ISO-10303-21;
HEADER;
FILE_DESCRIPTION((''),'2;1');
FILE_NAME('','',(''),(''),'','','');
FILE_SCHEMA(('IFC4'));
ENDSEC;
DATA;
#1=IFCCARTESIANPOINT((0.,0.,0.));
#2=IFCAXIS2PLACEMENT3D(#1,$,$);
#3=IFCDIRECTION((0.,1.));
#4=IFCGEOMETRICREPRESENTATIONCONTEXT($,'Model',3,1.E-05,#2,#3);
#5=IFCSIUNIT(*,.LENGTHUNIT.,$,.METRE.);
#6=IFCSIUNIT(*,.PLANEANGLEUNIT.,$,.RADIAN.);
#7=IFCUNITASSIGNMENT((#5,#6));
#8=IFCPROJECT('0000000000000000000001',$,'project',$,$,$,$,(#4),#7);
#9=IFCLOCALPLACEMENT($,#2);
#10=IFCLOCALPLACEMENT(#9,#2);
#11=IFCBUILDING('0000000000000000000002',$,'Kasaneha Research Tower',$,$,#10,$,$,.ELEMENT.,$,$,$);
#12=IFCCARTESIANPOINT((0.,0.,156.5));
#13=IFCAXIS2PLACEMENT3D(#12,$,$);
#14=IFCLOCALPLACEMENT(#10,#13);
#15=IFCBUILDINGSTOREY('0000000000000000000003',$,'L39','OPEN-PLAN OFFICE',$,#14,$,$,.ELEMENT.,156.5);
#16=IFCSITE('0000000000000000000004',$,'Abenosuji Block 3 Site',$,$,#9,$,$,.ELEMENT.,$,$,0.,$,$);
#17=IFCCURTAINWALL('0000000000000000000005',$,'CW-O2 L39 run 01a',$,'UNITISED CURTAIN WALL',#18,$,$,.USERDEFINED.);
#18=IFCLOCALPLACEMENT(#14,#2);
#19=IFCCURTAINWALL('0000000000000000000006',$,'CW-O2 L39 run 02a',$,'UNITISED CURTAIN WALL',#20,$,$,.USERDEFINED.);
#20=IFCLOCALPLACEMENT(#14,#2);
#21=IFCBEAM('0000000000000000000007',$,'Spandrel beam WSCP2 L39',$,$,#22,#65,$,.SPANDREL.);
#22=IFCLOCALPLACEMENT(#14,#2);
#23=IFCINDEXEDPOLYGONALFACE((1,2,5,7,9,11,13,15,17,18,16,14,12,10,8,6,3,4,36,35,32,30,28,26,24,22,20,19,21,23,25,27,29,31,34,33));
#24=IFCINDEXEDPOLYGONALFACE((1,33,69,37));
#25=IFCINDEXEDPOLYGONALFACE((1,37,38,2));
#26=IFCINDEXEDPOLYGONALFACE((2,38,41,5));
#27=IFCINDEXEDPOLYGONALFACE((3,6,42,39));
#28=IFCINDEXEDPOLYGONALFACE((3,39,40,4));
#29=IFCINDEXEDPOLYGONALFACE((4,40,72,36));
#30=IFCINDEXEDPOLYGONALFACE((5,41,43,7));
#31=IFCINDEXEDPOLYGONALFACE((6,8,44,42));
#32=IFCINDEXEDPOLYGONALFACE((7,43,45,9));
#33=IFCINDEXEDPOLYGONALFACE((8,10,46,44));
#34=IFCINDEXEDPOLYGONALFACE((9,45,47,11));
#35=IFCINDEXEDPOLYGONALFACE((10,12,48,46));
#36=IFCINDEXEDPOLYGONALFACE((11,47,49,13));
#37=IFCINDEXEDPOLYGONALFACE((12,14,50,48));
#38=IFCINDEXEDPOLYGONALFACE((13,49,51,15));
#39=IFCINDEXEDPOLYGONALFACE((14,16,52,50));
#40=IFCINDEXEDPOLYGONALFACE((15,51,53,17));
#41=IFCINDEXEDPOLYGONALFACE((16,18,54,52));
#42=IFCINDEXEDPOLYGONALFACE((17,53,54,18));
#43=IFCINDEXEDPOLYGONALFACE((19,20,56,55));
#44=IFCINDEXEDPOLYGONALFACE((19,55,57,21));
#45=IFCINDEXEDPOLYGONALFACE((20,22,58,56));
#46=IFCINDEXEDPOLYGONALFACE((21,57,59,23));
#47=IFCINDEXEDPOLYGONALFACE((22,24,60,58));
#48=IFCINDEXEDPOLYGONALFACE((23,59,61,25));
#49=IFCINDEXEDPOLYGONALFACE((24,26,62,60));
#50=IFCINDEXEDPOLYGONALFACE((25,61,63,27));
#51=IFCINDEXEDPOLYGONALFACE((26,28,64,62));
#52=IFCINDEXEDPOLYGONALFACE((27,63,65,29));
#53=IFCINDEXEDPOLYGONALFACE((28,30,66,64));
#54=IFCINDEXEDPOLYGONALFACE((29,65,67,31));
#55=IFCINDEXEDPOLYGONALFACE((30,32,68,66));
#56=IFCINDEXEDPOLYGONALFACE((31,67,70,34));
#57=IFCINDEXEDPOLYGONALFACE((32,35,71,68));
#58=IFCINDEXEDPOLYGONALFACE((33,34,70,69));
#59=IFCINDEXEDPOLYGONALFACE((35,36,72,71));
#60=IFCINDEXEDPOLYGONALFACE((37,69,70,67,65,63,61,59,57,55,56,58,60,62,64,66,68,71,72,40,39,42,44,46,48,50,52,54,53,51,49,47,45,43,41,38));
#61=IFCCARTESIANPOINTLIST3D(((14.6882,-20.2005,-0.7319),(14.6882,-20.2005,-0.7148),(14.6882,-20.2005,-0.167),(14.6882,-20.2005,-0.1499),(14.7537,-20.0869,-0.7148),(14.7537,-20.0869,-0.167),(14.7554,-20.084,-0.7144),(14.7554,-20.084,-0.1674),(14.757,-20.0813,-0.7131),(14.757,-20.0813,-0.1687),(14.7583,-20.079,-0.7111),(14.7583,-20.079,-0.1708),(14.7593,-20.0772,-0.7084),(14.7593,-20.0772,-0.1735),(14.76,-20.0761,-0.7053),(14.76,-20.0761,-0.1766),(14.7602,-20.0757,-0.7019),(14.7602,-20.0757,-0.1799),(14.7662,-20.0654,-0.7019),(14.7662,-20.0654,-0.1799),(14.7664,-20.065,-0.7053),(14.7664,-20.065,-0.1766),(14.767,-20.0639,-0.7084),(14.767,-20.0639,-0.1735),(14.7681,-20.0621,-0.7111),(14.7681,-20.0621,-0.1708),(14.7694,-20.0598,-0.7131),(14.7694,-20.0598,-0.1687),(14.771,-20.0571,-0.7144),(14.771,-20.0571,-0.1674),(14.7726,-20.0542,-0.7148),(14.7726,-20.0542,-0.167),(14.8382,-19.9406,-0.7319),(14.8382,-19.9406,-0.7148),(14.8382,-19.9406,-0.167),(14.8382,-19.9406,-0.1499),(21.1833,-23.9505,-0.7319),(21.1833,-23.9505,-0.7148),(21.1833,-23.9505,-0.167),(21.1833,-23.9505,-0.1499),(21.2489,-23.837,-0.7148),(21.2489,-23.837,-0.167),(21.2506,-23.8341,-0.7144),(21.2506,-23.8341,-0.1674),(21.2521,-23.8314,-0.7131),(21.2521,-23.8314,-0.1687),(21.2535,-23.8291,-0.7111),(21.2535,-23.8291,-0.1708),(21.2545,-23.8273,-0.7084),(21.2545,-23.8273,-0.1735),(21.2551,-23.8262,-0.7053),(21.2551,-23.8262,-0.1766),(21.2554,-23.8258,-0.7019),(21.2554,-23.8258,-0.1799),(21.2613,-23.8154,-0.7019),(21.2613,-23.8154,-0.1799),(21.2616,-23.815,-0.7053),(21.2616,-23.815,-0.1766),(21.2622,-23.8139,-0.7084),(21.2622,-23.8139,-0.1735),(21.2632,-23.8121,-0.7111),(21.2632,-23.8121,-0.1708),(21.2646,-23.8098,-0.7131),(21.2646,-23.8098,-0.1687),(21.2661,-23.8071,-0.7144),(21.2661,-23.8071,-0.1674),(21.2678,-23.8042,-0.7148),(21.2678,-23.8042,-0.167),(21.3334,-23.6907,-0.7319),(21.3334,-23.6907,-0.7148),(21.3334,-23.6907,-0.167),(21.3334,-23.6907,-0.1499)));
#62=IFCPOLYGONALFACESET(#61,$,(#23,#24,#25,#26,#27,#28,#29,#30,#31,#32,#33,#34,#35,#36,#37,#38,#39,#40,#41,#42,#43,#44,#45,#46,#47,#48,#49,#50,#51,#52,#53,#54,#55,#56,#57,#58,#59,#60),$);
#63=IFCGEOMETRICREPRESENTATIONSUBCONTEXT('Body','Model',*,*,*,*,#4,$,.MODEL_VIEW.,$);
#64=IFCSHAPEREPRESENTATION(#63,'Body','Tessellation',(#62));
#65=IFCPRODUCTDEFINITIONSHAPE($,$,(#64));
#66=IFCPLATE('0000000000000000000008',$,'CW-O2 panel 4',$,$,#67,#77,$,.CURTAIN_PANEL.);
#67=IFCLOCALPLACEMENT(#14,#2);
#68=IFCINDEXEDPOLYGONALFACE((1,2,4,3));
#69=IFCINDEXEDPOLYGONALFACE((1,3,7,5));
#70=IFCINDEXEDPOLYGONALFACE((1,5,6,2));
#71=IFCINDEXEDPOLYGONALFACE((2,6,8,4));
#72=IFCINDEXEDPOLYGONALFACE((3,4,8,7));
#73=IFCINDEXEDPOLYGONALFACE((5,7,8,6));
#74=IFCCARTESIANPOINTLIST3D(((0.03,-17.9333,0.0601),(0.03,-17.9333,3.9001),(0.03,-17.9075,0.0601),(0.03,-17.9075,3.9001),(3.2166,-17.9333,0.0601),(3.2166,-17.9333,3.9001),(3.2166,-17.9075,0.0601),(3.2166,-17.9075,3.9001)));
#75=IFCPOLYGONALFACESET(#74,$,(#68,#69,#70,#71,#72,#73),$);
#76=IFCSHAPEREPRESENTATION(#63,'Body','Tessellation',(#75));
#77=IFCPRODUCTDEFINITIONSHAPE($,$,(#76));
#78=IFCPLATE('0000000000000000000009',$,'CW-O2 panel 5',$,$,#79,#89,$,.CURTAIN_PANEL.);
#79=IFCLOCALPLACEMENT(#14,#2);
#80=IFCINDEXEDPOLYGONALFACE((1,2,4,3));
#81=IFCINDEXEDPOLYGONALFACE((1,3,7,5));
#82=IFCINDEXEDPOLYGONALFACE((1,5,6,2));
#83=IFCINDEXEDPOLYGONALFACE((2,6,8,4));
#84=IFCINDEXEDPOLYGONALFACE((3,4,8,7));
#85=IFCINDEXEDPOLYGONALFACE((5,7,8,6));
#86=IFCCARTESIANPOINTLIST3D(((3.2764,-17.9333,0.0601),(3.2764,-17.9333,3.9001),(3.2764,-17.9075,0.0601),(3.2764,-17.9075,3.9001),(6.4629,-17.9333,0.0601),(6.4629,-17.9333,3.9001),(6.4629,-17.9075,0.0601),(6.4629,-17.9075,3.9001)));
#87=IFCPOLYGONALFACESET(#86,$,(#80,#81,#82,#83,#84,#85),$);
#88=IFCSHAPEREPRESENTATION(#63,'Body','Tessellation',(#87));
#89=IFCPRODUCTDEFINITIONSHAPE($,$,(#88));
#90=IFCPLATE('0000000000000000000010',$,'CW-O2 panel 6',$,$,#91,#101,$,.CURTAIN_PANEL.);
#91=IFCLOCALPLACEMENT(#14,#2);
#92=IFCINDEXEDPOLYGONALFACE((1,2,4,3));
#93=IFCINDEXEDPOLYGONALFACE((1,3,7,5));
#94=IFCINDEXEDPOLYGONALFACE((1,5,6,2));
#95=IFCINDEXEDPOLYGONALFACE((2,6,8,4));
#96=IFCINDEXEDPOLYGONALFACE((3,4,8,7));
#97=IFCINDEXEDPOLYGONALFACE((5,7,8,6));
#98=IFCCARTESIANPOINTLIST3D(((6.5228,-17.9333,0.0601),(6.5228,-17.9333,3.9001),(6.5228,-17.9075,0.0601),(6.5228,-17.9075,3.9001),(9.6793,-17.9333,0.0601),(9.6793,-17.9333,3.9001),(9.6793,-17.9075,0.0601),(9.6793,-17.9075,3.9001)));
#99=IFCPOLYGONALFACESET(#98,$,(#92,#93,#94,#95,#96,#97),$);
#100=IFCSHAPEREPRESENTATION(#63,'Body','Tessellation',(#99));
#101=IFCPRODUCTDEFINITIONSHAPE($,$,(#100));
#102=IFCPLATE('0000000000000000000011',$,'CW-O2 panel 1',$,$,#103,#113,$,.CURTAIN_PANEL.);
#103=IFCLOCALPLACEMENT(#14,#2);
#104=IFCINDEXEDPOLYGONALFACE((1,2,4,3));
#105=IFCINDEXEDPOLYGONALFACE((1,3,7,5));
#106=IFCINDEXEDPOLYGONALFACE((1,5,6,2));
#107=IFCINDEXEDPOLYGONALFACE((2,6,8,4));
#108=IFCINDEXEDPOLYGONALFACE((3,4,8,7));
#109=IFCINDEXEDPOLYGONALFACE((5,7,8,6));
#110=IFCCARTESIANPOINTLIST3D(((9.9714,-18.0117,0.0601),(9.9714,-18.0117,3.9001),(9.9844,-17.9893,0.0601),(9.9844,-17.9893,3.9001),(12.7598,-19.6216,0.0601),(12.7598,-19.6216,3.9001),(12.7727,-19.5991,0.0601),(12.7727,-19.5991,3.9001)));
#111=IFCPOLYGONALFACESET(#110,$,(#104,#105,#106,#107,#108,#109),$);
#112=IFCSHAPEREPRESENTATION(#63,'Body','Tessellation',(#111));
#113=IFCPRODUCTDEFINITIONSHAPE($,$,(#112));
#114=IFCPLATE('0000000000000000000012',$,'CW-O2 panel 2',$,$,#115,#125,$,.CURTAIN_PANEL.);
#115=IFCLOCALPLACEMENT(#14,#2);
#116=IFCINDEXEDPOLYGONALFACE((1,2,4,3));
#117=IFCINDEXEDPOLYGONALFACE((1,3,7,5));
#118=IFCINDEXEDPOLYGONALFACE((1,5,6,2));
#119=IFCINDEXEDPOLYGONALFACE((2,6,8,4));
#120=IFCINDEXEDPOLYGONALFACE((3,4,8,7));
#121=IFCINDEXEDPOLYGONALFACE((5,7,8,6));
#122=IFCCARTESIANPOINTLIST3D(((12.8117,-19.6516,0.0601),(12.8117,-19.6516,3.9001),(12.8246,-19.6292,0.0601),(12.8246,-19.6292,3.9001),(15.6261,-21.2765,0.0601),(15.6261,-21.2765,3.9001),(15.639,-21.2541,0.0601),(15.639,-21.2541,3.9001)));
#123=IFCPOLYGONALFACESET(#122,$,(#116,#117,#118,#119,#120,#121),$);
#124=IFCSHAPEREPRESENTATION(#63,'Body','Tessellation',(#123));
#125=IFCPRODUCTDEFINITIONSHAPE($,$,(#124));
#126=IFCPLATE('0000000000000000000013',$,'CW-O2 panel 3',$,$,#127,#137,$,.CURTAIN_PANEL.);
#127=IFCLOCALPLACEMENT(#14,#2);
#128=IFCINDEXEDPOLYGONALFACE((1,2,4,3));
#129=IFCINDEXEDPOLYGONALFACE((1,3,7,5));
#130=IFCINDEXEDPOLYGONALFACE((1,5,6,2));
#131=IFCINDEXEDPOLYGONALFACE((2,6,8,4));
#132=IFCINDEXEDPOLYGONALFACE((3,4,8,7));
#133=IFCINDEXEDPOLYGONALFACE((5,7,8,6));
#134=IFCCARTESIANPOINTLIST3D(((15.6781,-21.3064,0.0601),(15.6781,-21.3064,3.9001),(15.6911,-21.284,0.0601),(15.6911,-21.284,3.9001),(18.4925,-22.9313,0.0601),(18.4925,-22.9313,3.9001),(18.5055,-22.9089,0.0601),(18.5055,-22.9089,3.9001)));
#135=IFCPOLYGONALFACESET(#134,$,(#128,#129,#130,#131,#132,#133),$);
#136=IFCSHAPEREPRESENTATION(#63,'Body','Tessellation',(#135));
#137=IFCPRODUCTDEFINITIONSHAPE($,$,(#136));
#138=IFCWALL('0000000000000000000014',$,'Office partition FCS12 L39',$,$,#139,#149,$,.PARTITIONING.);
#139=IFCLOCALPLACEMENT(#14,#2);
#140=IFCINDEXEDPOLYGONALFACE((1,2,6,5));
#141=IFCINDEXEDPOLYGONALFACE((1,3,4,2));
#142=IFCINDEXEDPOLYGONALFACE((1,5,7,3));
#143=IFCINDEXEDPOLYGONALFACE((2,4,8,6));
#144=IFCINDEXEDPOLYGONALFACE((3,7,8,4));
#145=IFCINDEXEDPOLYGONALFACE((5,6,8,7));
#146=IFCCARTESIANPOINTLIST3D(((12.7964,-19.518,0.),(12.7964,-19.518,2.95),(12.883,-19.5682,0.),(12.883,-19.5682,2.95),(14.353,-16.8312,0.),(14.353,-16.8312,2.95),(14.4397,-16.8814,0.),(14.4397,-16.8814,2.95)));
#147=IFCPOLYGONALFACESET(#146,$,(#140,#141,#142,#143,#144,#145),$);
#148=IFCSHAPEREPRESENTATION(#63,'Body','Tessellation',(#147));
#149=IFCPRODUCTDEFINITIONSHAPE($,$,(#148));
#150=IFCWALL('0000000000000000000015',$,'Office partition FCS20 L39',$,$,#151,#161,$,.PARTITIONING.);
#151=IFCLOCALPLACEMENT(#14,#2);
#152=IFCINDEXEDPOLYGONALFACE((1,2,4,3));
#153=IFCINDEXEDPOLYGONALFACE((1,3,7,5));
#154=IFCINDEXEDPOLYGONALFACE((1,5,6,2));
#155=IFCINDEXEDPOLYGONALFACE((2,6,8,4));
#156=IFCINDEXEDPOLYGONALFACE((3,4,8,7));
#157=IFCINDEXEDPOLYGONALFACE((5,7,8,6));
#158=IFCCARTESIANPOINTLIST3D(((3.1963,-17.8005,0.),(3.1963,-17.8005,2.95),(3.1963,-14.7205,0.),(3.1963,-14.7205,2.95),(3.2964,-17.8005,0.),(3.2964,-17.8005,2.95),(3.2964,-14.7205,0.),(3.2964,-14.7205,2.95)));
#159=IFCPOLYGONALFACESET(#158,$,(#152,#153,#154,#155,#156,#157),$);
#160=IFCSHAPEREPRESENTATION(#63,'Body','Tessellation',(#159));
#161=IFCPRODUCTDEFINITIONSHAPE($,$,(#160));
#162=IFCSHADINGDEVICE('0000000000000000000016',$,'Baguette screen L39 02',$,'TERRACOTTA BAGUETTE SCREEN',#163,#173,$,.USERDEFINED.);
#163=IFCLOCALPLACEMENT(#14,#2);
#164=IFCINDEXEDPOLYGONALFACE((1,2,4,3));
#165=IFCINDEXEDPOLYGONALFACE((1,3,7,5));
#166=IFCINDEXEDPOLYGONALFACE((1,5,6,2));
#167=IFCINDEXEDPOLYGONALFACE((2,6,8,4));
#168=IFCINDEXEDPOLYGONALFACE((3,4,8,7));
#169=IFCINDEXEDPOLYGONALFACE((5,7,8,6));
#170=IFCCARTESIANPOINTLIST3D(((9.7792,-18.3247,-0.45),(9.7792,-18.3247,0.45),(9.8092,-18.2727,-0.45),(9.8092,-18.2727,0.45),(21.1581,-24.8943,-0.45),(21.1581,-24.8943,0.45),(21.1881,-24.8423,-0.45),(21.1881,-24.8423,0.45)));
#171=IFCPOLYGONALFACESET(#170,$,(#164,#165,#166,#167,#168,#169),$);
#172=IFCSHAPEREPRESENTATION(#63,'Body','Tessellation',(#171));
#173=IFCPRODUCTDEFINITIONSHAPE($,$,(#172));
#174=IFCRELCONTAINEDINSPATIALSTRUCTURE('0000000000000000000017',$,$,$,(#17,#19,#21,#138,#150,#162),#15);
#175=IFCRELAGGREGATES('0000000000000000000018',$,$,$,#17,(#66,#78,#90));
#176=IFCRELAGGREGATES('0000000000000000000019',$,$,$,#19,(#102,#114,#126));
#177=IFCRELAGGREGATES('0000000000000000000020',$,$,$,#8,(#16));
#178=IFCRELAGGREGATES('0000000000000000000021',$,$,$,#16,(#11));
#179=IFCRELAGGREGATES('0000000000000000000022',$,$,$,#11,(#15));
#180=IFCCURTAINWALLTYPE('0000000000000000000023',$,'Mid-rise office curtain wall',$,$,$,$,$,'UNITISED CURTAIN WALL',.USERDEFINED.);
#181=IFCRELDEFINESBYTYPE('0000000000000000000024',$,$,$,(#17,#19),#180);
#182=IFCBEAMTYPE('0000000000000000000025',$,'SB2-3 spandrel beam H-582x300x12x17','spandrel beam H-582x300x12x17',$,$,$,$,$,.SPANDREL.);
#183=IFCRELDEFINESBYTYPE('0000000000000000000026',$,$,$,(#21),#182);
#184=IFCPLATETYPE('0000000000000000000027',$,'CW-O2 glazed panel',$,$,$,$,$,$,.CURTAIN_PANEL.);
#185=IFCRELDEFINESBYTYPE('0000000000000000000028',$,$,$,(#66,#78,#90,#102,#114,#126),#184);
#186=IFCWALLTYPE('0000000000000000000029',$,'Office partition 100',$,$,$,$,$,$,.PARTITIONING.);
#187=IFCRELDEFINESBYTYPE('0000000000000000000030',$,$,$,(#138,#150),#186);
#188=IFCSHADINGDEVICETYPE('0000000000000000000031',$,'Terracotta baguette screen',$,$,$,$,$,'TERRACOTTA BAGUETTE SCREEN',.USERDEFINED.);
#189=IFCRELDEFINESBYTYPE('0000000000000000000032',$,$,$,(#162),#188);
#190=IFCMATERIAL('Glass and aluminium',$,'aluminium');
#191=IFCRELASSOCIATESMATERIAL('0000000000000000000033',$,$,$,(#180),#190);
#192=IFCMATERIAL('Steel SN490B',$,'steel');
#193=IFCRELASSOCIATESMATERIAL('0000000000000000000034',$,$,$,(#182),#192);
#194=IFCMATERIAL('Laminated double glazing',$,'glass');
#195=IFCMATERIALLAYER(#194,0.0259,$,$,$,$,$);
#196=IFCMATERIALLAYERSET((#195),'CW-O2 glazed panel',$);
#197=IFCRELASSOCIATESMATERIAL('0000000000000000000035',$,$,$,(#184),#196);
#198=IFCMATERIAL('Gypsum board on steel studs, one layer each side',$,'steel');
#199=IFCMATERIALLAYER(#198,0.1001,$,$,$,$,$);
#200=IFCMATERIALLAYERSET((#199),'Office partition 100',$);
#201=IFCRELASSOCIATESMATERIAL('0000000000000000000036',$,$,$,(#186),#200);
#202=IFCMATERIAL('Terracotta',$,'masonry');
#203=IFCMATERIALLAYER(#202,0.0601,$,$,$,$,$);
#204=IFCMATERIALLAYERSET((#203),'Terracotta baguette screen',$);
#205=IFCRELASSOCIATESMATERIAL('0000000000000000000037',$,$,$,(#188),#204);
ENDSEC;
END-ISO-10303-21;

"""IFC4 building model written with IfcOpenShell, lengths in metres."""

from ifc_helpers import new_model, si_unit, direction, frame, frame_2d, origin, origin_2d, place, context, subcontext, project, spatial, rectangle, i_section, extrude, material, layer, layer_set, material_profile, profile_set, type_object, element, aggregate, save


model = new_model("IFC4")

# Units and contexts
model_context = context("Model", 3, precision=1e-05, world=origin(), true_north=direction((0.0, 1.0)))
body_context = subcontext(model_context, "Body", "Model", "MODEL_VIEW")
ifc_project = project(units=[si_unit("LENGTHUNIT", "METRE"), si_unit("PLANEANGLEUNIT", "RADIAN")], contexts=[model_context])

# Site, building, storey
site_placement = place(None, origin())
site = spatial("IfcSite", under=ifc_project, at=site_placement, Name="Abenosuji Block 3 Site", CompositionType="ELEMENT", RefElevation=0.0)
building_placement = place(site_placement, origin())
building = spatial("IfcBuilding", under=site, at=building_placement, Name="Kasaneha Research Tower", CompositionType="ELEMENT")
storey_placement = place(building_placement, frame((0.0, 0.0, 156.5)))
storey = spatial("IfcBuildingStorey", under=building, at=storey_placement, Name="L39", Description="OPEN-PLAN OFFICE", CompositionType="ELEMENT", Elevation=156.5)

# Curtain walls
ifc_material_1 = material(Name="Glass and aluminium", Category="aluminium")
curtain_wall_type = type_object("IfcCurtainWallType", Name="Mid-rise office curtain wall", ElementType="UNITISED CURTAIN WALL", PredefinedType="USERDEFINED", material=ifc_material_1)
curtain_wall_1_placement = place(storey_placement, origin())
curtain_wall_1 = element("IfcCurtainWall", 1, at=curtain_wall_1_placement, inside=storey, type_object=curtain_wall_type, Name="CW-O2 L39 run 01a", ObjectType="UNITISED CURTAIN WALL", PredefinedType="USERDEFINED")
curtain_wall_2_placement = place(storey_placement, origin())
curtain_wall_2 = element("IfcCurtainWall", 2, at=curtain_wall_2_placement, inside=storey, type_object=curtain_wall_type, Name="CW-O2 L39 run 02a", ObjectType="UNITISED CURTAIN WALL", PredefinedType="USERDEFINED")

# Beam
ifc_material_2 = material(Name="Steel SN490B", Category="steel")
ifc_material_profile_1 = material_profile(ifc_material_2, i_section(OverallWidth=0.3, OverallDepth=0.582, WebThickness=0.012, FlangeThickness=0.0171, FilletRadius=0.0129, at=origin_2d()), Name="H-582x300x12x17")
ifc_profile_set_1 = profile_set([ifc_material_profile_1], Name="Steel SN490B")
beam_type_1 = type_object("IfcBeamType", Name="SB2-3 spandrel beam H-582x300x12x17", Description="spandrel beam H-582x300x12x17", PredefinedType="SPANDREL", material=ifc_profile_set_1)
beam_1_placement = place(storey_placement, frame((14.7632, -20.0706, -0.4409), z_axis=(0.866023, -0.500004, 0.0), x_axis=(0.500004, 0.866023, 0.0)))
element("IfcBeam", 3, at=beam_1_placement, inside=storey, type_object=beam_type_1, Name="Spandrel beam WSCP2 L39", PredefinedType="SPANDREL", context=body_context, shape_type="SweptSolid", body=[
    extrude(i_section(OverallWidth=0.3, OverallDepth=0.582, WebThickness=0.012, FlangeThickness=0.0171, FilletRadius=0.0129, at=origin_2d()), origin(), (0.0, 0.0, 1.0), 7.5),
])

# Plates
ifc_material_3 = material(Name="Laminated double glazing", Category="glass")
ifc_layer_1 = layer(ifc_material_3, 0.0259)
ifc_layer_set_1 = layer_set([ifc_layer_1], Name="CW-O2 glazed panel")
plate_type = type_object("IfcPlateType", Name="CW-O2 glazed panel", PredefinedType="CURTAIN_PANEL", material=ifc_layer_set_1)
plate_1_placement = place(storey_placement, frame((1.6233, -17.9204, 0.0601), z_axis=(0.0, 0.0, 1.0), x_axis=(1.0, 0.0, 0.0)))
plate_1 = element("IfcPlate", 4, at=plate_1_placement, type_object=plate_type, Name="CW-O2 panel 4", PredefinedType="CURTAIN_PANEL", context=body_context, shape_type="SweptSolid", body=[
    extrude(rectangle(XDim=3.1865, YDim=0.0259, at=origin_2d()), origin(), (0.0, 0.0, 1.0), 3.8401),
])
plate_2_placement = place(storey_placement, frame((4.8696, -17.9204, 0.0601), z_axis=(0.0, 0.0, 1.0), x_axis=(1.0, 0.0, 0.0)))
plate_2 = element("IfcPlate", 5, at=plate_2_placement, type_object=plate_type, Name="CW-O2 panel 5", PredefinedType="CURTAIN_PANEL", context=body_context, shape_type="SweptSolid", body=[
    extrude(rectangle(XDim=3.1865, YDim=0.0259, at=origin_2d()), origin(), (0.0, 0.0, 1.0), 3.8401),
])
plate_3_placement = place(storey_placement, frame((8.1011, -17.9204, 0.0601), z_axis=(0.0, 0.0, 1.0), x_axis=(1.0, 0.0, 0.0)))
plate_3 = element("IfcPlate", 6, at=plate_3_placement, type_object=plate_type, Name="CW-O2 panel 6", PredefinedType="CURTAIN_PANEL", context=body_context, shape_type="SweptSolid", body=[
    extrude(rectangle(XDim=3.1565, YDim=0.0259, at=origin_2d()), origin(), (0.0, 0.0, 1.0), 3.8401),
])
aggregate(curtain_wall_1, [plate_1, plate_2, plate_3])
plate_4_placement = place(storey_placement, frame((11.3721, -18.8054, 0.0601), z_axis=(0.0, 0.0, 1.0), x_axis=(0.866025, -0.5, 0.0)))
plate_4 = element("IfcPlate", 7, at=plate_4_placement, type_object=plate_type, Name="CW-O2 panel 1", PredefinedType="CURTAIN_PANEL", context=body_context, shape_type="SweptSolid", body=[
    extrude(rectangle(XDim=3.2197, YDim=0.0259, at=origin_2d()), origin(), (0.0, 0.0, 1.0), 3.8401),
])
plate_5_placement = place(storey_placement, frame((14.2253, -20.4529, 0.0601), z_axis=(0.0, 0.0, 1.0), x_axis=(0.866025, -0.5, 0.0)))
plate_5 = element("IfcPlate", 8, at=plate_5_placement, type_object=plate_type, Name="CW-O2 panel 2", PredefinedType="CURTAIN_PANEL", context=body_context, shape_type="SweptSolid", body=[
    extrude(rectangle(XDim=3.2498, YDim=0.0259, at=origin_2d()), origin(), (0.0, 0.0, 1.0), 3.8401),
])
plate_6_placement = place(storey_placement, frame((17.0918, -22.1077, 0.0601), z_axis=(0.0, 0.0, 1.0), x_axis=(0.866025, -0.5, 0.0)))
plate_6 = element("IfcPlate", 9, at=plate_6_placement, type_object=plate_type, Name="CW-O2 panel 3", PredefinedType="CURTAIN_PANEL", context=body_context, shape_type="SweptSolid", body=[
    extrude(rectangle(XDim=3.2498, YDim=0.0259, at=origin_2d()), origin(), (0.0, 0.0, 1.0), 3.8401),
])
aggregate(curtain_wall_2, [plate_4, plate_5, plate_6])

# Walls
ifc_material_4 = material(Name="Gypsum board on steel studs, one layer each side", Category="steel")
ifc_layer_2 = layer(ifc_material_4, 0.1001)
ifc_layer_set_2 = layer_set([ifc_layer_2], Name="Office partition 100")
wall_type = type_object("IfcWallType", Name="Office partition 100", PredefinedType="PARTITIONING", material=ifc_layer_set_2)
wall_1_placement = place(storey_placement, frame((12.8396, -19.5432, 0.0), z_axis=(0.0, 0.0, 1.0), x_axis=(0.501312, 0.865267, 0.0)))
element("IfcWall", 10, at=wall_1_placement, inside=storey, type_object=wall_type, Name="Office partition FCS12 L39", PredefinedType="PARTITIONING", context=body_context, shape_type="SweptSolid", body=[
    extrude(rectangle(XDim=3.1052, YDim=0.1001, at=frame_2d((1.5527, 0.0))), origin(), (0.0, 0.0, 1.0), 2.95),
])
wall_2_placement = place(storey_placement, frame((3.2463, -17.8005, 0.0), z_axis=(0.0, 0.0, 1.0), x_axis=(0.0, 1.0, 0.0)))
element("IfcWall", 11, at=wall_2_placement, inside=storey, type_object=wall_type, Name="Office partition FCS20 L39", PredefinedType="PARTITIONING", context=body_context, shape_type="SweptSolid", body=[
    extrude(rectangle(XDim=3.0801, YDim=0.1001, at=frame_2d((1.54, 0.0))), origin(), (0.0, 0.0, 1.0), 2.95),
])

# Shading device
ifc_material_5 = material(Name="Terracotta", Category="masonry")
ifc_layer_3 = layer(ifc_material_5, 0.0601)
ifc_layer_set_3 = layer_set([ifc_layer_3], Name="Terracotta baguette screen")
shading_device_type = type_object("IfcShadingDeviceType", Name="Terracotta baguette screen", ElementType="TERRACOTTA BAGUETTE SCREEN", PredefinedType="USERDEFINED", material=ifc_layer_set_3)
shading_device_placement = place(storey_placement, frame((15.4836, -21.5835, -0.45), z_axis=(0.0, 0.0, 1.0), x_axis=(0.866025, -0.5, 0.0)))
element("IfcShadingDevice", 12, at=shading_device_placement, inside=storey, type_object=shading_device_type, Name="Baguette screen L39 02", ObjectType="TERRACOTTA BAGUETTE SCREEN", PredefinedType="USERDEFINED", context=body_context, shape_type="SweptSolid", body=[
    extrude(rectangle(XDim=13.1392, YDim=0.0601, at=origin_2d()), origin(), (0.0, 0.0, 1.0), 0.8999),
])

save(model, "model.ifc")
